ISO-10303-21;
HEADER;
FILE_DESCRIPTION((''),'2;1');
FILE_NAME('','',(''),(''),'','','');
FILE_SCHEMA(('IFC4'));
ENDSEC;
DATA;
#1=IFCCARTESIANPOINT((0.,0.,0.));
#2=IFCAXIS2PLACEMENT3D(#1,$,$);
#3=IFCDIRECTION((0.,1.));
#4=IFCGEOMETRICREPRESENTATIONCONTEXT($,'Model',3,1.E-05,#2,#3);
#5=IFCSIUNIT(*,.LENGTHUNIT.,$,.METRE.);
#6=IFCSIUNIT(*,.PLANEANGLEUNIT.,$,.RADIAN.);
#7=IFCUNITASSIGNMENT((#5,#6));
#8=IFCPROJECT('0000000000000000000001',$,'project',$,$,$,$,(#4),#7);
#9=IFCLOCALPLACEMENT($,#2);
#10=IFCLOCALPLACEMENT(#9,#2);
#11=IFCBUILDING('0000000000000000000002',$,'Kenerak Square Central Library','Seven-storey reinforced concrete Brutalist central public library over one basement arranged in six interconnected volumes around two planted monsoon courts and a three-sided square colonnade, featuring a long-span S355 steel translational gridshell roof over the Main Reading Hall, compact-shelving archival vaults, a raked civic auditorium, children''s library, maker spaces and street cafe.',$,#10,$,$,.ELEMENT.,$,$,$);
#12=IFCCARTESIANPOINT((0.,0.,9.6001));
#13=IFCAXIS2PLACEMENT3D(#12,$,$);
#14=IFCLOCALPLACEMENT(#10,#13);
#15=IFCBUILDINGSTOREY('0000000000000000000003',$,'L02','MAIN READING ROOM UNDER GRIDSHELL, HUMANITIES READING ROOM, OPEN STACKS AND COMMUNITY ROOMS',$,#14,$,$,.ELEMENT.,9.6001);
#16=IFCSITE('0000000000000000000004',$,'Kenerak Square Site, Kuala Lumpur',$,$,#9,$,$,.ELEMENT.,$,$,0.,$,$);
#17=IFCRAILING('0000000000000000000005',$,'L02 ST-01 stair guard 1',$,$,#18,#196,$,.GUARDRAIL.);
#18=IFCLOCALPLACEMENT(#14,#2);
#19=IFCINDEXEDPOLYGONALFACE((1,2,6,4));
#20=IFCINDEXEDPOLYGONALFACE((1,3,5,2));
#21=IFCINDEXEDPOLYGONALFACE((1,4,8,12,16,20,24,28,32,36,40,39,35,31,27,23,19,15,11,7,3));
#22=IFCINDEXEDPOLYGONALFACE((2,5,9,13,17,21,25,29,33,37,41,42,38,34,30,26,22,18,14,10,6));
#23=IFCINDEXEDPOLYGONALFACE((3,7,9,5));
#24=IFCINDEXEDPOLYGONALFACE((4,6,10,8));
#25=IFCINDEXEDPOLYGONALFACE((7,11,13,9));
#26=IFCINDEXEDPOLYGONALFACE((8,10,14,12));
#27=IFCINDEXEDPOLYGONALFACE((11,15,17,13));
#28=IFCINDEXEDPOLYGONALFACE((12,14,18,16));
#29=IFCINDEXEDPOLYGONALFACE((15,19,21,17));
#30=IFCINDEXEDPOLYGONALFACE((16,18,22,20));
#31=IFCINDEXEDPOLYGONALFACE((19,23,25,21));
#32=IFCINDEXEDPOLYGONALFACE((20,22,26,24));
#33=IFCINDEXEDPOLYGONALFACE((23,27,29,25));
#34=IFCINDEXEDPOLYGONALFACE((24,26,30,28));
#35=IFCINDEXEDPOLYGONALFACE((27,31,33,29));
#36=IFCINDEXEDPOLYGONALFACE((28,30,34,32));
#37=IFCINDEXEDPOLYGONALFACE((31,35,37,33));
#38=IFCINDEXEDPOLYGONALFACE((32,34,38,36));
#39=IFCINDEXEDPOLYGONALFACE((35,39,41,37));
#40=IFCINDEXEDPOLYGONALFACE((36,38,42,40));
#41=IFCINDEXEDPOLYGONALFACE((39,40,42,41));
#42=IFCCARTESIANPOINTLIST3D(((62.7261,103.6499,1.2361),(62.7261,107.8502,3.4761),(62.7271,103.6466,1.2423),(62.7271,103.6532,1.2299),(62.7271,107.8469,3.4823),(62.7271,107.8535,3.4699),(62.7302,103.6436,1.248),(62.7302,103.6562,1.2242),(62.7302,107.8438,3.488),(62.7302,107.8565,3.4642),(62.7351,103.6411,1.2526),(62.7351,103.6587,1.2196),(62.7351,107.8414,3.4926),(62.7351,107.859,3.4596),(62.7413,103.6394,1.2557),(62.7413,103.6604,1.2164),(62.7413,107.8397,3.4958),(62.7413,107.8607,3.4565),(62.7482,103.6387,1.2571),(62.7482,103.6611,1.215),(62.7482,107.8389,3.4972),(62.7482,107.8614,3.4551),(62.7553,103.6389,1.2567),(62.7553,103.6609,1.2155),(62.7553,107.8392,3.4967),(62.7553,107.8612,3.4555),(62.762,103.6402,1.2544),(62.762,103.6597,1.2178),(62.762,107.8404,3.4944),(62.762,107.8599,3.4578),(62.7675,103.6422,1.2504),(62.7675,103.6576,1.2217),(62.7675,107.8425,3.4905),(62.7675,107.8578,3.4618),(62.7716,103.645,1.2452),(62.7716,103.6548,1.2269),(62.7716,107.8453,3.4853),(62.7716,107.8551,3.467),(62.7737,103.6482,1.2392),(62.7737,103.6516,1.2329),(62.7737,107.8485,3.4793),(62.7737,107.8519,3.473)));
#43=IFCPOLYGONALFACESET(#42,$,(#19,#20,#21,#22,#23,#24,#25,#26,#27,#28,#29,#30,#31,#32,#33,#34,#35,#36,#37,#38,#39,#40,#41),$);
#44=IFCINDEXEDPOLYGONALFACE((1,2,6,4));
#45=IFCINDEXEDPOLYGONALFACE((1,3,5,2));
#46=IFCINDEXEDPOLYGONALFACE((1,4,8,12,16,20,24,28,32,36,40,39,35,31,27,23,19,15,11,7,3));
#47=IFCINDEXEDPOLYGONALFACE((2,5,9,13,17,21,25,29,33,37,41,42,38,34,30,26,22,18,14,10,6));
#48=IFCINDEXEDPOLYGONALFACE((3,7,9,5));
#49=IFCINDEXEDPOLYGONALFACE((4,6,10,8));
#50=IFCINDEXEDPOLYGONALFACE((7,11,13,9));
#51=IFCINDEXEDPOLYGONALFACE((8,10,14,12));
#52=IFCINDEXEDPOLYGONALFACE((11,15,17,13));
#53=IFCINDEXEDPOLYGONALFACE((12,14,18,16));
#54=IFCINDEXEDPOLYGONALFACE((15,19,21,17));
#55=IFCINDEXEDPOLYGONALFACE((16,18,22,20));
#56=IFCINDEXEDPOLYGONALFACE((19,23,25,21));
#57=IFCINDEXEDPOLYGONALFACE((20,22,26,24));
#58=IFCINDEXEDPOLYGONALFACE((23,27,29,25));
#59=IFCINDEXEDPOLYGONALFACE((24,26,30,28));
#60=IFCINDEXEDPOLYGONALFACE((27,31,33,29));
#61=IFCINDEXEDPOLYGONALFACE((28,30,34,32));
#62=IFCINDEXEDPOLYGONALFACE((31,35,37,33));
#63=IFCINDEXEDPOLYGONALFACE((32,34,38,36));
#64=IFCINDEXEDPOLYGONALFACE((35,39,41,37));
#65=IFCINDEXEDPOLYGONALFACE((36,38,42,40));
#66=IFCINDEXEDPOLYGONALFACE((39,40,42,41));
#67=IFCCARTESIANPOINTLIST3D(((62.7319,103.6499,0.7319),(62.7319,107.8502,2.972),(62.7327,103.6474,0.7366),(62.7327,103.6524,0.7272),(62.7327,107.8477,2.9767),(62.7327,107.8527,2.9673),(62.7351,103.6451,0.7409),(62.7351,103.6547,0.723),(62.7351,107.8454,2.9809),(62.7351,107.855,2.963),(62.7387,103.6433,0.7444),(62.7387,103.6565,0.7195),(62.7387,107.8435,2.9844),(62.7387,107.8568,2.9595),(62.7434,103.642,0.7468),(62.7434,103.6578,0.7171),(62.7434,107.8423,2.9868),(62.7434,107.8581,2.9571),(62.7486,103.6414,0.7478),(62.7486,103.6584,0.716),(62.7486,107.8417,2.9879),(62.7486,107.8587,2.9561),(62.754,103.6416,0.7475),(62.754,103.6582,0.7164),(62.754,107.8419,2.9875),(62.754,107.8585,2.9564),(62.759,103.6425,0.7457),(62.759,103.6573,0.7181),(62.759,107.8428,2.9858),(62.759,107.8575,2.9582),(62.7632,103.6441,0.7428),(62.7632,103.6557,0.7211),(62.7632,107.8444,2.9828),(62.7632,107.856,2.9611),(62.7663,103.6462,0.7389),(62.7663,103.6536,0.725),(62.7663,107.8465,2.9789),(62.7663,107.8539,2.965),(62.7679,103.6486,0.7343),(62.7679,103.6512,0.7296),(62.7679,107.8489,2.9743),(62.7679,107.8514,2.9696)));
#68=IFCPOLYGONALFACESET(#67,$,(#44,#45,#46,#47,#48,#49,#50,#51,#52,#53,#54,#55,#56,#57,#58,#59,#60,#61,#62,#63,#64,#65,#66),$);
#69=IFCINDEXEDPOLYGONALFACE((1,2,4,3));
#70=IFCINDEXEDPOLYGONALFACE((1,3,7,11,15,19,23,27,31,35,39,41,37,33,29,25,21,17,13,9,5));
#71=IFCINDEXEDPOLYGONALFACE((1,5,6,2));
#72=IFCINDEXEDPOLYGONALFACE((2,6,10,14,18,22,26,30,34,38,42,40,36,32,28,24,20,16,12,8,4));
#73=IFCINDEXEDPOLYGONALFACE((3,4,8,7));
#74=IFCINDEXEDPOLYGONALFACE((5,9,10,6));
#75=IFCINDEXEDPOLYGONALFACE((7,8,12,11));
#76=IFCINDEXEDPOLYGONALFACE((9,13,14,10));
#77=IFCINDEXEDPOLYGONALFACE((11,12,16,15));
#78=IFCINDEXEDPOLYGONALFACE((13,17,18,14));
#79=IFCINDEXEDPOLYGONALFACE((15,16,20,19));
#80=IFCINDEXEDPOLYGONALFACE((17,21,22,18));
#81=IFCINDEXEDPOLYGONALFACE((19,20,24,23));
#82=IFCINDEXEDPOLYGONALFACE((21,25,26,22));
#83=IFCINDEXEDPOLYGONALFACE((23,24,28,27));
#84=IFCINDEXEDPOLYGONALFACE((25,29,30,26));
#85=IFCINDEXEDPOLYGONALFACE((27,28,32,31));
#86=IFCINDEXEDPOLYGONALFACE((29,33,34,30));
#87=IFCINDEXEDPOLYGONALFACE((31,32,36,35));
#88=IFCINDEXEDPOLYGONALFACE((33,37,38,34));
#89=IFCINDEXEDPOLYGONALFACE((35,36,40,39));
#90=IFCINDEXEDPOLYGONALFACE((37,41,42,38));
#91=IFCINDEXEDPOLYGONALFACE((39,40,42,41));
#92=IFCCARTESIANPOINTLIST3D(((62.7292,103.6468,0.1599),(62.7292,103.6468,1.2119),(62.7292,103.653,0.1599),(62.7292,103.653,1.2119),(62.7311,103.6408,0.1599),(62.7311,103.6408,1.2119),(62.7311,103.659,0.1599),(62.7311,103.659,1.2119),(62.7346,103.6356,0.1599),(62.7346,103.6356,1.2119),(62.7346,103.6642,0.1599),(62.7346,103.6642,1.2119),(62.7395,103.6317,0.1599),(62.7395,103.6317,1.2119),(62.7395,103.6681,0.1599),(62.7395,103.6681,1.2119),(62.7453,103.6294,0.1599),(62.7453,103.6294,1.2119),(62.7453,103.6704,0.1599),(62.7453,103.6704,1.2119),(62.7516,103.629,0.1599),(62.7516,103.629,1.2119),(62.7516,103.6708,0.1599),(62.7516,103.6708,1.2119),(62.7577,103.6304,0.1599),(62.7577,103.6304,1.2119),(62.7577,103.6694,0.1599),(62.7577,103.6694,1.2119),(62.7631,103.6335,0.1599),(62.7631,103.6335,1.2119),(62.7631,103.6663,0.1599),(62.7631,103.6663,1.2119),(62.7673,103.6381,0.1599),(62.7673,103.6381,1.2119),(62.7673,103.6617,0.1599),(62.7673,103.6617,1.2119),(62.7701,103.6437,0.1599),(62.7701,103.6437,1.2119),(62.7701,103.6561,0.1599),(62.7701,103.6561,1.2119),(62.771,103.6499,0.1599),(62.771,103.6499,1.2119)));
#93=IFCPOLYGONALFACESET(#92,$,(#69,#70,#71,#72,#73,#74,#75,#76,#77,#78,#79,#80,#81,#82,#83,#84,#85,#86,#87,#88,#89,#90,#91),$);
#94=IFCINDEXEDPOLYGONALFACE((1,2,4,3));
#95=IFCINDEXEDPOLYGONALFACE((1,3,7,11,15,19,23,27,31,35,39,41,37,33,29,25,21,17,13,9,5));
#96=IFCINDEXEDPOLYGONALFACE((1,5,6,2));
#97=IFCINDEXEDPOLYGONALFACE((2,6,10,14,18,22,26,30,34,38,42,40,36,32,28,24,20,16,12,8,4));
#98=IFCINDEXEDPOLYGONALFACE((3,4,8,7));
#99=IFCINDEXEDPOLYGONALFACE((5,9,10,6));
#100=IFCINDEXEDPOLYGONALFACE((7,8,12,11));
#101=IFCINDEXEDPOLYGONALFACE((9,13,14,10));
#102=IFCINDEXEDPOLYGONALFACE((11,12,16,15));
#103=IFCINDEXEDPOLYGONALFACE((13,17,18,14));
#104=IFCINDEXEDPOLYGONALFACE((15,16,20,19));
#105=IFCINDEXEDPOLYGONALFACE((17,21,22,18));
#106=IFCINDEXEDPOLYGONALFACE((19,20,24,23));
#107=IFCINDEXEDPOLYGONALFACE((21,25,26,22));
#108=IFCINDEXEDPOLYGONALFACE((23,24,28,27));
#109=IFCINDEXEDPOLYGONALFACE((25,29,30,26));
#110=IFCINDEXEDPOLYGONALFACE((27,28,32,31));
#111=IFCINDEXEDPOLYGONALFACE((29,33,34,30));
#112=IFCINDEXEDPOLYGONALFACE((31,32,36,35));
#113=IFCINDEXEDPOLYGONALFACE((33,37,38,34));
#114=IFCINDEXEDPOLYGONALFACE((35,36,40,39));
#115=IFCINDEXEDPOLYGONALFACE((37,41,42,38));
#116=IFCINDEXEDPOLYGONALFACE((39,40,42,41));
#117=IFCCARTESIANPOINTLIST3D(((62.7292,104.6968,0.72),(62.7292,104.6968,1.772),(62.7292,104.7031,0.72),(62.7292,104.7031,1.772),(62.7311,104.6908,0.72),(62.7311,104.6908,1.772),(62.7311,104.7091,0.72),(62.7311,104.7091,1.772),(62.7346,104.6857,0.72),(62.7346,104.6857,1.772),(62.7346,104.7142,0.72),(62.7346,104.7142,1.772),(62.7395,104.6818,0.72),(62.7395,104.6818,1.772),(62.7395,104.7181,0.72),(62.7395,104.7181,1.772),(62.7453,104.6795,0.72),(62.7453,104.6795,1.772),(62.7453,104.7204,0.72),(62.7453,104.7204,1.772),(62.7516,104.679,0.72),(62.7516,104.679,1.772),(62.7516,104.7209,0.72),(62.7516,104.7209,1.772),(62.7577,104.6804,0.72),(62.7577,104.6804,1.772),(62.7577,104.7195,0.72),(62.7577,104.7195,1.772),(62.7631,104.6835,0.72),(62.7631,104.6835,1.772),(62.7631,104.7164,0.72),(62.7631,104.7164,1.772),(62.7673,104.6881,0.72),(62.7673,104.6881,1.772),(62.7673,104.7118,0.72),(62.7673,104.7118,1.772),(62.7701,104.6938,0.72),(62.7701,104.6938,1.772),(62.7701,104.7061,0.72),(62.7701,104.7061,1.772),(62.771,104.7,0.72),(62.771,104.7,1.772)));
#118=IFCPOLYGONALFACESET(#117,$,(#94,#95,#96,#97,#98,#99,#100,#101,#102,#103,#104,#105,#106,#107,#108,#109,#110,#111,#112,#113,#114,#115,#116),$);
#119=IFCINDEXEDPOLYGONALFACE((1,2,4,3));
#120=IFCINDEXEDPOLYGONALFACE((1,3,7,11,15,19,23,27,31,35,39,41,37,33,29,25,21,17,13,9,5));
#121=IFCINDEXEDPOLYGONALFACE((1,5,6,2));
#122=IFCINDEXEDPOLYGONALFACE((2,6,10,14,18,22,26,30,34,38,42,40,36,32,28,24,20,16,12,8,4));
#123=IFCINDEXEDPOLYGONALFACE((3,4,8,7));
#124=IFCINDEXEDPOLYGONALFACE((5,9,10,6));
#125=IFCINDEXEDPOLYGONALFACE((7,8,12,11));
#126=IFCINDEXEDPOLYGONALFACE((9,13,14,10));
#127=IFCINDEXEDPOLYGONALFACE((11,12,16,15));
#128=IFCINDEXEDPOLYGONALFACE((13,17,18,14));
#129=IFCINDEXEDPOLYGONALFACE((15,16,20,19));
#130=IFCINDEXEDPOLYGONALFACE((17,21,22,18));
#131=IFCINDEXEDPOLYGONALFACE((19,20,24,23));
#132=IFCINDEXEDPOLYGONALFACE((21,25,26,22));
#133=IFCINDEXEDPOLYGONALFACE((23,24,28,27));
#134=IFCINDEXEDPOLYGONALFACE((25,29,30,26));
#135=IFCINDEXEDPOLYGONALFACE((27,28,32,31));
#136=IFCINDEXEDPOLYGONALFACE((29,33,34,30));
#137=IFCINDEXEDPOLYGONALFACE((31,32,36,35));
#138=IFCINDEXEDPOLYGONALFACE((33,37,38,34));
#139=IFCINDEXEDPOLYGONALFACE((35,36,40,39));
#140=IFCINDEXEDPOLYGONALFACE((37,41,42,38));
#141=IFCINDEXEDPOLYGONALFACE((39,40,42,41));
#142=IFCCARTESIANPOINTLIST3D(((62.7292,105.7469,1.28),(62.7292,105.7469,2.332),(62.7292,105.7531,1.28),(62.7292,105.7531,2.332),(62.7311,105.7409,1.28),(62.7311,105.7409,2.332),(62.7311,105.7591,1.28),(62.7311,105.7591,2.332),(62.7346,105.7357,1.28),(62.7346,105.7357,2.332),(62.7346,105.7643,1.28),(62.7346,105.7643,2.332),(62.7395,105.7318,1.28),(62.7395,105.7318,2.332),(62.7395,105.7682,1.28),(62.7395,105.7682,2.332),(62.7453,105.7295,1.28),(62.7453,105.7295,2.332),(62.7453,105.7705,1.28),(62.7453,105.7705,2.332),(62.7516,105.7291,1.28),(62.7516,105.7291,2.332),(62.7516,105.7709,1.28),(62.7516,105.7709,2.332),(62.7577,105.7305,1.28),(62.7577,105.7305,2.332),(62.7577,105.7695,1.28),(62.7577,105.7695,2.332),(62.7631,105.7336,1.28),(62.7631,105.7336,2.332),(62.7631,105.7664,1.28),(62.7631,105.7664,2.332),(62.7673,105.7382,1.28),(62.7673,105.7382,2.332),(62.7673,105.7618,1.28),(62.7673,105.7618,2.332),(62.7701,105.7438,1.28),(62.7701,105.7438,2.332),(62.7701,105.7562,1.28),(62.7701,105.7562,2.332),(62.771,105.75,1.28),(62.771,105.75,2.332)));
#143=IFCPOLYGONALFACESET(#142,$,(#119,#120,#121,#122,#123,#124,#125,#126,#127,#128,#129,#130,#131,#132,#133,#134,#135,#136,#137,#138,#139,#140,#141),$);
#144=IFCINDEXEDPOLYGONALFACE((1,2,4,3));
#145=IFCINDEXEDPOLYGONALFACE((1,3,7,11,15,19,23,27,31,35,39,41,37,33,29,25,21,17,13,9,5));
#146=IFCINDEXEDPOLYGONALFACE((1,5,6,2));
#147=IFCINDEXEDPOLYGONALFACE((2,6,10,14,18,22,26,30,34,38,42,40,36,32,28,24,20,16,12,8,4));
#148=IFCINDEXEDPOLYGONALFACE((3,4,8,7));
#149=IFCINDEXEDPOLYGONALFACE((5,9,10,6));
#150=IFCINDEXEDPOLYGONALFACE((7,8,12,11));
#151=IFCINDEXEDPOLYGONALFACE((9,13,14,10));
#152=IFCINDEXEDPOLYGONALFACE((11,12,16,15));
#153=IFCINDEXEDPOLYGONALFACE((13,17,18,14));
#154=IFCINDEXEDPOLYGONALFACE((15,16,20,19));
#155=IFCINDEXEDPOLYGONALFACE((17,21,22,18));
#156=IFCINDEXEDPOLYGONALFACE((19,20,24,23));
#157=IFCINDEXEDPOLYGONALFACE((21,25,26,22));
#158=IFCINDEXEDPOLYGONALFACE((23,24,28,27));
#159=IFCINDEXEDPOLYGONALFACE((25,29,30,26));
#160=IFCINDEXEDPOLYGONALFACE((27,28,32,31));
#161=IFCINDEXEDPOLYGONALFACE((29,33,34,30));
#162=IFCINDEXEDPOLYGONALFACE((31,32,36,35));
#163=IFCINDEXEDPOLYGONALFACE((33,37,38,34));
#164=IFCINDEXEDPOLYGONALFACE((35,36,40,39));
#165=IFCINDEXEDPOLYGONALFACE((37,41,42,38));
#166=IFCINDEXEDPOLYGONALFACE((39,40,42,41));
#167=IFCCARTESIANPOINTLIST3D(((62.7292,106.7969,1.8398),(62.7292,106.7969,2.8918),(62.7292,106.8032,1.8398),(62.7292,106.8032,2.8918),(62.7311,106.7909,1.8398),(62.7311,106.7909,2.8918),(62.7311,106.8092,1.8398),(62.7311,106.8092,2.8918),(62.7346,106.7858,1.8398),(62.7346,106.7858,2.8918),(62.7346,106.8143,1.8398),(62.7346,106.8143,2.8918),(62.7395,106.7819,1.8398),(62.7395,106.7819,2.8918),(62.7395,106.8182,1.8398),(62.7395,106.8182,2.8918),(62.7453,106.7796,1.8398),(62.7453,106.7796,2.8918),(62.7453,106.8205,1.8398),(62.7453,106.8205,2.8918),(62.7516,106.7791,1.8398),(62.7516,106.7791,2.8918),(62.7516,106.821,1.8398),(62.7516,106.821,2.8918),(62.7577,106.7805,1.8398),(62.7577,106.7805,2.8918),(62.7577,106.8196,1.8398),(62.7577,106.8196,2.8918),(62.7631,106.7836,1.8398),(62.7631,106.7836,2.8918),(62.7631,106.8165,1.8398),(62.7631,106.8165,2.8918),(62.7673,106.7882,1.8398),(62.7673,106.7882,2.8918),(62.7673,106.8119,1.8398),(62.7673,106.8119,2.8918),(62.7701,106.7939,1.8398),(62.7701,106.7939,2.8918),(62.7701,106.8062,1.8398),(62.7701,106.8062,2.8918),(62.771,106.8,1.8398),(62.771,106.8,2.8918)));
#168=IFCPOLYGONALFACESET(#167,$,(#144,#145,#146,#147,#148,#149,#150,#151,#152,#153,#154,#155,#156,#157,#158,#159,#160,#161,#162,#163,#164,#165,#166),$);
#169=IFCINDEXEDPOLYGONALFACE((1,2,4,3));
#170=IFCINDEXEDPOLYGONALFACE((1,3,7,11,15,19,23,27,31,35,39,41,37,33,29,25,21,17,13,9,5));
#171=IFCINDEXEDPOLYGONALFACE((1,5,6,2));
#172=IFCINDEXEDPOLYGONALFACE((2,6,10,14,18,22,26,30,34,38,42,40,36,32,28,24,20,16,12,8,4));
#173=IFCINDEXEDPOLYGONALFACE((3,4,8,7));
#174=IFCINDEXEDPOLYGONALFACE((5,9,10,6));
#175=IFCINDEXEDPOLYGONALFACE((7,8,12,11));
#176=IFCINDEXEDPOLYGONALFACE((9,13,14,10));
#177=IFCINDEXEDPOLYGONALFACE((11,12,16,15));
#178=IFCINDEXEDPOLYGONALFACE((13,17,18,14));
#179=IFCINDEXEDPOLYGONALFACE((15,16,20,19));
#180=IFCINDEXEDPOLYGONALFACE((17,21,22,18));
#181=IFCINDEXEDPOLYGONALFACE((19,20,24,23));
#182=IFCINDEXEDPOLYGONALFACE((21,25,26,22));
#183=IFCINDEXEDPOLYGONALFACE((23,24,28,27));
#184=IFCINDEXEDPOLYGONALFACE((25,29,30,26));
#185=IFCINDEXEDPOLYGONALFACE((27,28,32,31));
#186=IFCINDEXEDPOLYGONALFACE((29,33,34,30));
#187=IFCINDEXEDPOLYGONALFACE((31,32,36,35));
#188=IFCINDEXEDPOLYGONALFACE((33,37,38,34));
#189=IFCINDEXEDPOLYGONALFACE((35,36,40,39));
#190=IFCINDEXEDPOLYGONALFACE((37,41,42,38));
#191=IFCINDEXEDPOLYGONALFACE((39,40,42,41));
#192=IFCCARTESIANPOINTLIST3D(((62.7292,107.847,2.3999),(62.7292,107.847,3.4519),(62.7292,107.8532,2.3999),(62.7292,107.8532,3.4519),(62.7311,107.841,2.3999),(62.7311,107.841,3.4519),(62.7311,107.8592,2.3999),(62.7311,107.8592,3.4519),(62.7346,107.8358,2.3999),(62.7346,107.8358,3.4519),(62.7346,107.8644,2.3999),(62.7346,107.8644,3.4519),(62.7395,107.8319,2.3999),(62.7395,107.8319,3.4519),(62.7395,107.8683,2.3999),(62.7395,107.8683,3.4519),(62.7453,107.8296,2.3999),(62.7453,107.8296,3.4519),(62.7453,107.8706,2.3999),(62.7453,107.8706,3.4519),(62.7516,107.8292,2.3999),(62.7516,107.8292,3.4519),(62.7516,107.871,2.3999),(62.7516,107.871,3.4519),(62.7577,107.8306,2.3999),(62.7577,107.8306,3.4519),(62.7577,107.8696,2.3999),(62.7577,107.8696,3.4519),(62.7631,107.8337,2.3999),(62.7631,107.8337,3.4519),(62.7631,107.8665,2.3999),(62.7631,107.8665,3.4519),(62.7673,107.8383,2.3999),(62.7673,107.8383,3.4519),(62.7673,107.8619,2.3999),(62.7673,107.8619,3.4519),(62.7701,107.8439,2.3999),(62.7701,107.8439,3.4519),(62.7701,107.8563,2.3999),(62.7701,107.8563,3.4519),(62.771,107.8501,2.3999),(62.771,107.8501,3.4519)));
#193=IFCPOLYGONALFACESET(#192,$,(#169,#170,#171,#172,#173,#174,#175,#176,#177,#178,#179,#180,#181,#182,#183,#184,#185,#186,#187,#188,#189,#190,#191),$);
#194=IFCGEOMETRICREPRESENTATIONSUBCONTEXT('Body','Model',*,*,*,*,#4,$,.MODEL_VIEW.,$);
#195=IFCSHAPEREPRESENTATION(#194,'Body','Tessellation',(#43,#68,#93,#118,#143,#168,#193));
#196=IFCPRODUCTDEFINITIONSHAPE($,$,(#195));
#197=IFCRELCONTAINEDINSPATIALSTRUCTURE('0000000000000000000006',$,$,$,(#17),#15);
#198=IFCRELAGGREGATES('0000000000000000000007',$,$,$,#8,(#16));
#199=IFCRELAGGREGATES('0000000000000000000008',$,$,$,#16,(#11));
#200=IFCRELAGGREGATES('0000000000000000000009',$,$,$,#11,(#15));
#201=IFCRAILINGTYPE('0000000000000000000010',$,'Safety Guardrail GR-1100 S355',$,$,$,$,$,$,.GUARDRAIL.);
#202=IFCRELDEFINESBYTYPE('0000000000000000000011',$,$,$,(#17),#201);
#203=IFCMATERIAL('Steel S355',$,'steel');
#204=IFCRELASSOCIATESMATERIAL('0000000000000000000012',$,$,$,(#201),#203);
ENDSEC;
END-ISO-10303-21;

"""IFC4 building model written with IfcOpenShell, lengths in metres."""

from ifc_helpers import new_model, si_unit, direction, frame, origin, origin_2d, place, context, subcontext, project, spatial, circle, extrude, material, type_object, element, save


model = new_model("IFC4")

# Units and contexts
model_context = context("Model", 3, precision=1e-05, world=origin(), true_north=direction((0.0, 1.0)))
body_context = subcontext(model_context, "Body", "Model", "MODEL_VIEW")
ifc_project = project(units=[si_unit("LENGTHUNIT", "METRE"), si_unit("PLANEANGLEUNIT", "RADIAN")], contexts=[model_context])

# Site, building, storey
site_placement = place(None, origin())
site = spatial("IfcSite", under=ifc_project, at=site_placement, Name="Kenerak Square Site, Kuala Lumpur", CompositionType="ELEMENT", RefElevation=0.0)
building_placement = place(site_placement, origin())
building = spatial("IfcBuilding", under=site, at=building_placement, Name="Kenerak Square Central Library", Description="Seven-storey reinforced concrete Brutalist central public library over one basement arranged in six interconnected volumes around two planted monsoon courts and a three-sided square colonnade, featuring a long-span S355 steel translational gridshell roof over the Main Reading Hall, compact-shelving archival vaults, a raked civic auditorium, children's library, maker spaces and street cafe.", CompositionType="ELEMENT")
storey_placement = place(building_placement, frame((0.0, 0.0, 9.6001)))
storey = spatial("IfcBuildingStorey", under=building, at=storey_placement, Name="L02", Description="MAIN READING ROOM UNDER GRIDSHELL, HUMANITIES READING ROOM, OPEN STACKS AND COMMUNITY ROOMS", CompositionType="ELEMENT", Elevation=9.6001)

# Shared definitions
ifc_material_1 = material(Name="Steel S355", Category="steel")

# Railing
railing_type_1 = type_object("IfcRailingType", Name="Safety Guardrail GR-1100 S355", PredefinedType="GUARDRAIL", material=ifc_material_1)
railing_1_placement = place(storey_placement, frame((62.75, 103.6499, 0.1599)))
element("IfcRailing", 1, at=railing_1_placement, inside=storey, type_object=railing_type_1, Name="L02 ST-01 stair guard 1", PredefinedType="GUARDRAIL", context=body_context, shape_type="SweptSolid", body=[
    extrude(circle(Radius=0.0239, at=origin_2d()), frame((0.0, 0.0, 1.0762), z_axis=(0.0, 0.882363, 0.47057), x_axis=(-1.0, 0.0, 0.0)), (0.0, 0.0, 1.0), 4.7603),
    extrude(circle(Radius=0.0181, at=origin_2d()), frame((0.0, 0.0, 0.572), z_axis=(0.0, 0.882363, 0.47057), x_axis=(-1.0, 0.0, 0.0)), (0.0, 0.0, 1.0), 4.7603),
    extrude(circle(Radius=0.021, at=origin_2d()), origin(), (0.0, 0.0, 1.0), 1.052),
    extrude(circle(Radius=0.021, at=origin_2d()), frame((0.0, 1.05, 0.5601)), (0.0, 0.0, 1.0), 1.052),
    extrude(circle(Radius=0.021, at=origin_2d()), frame((0.0, 2.1001, 1.1201)), (0.0, 0.0, 1.0), 1.052),
    extrude(circle(Radius=0.021, at=origin_2d()), frame((0.0, 3.1501, 1.6799)), (0.0, 0.0, 1.0), 1.052),
    extrude(circle(Radius=0.021, at=origin_2d()), frame((0.0, 4.2002, 2.24)), (0.0, 0.0, 1.0), 1.052),
])

save(model, "model.ifc")
